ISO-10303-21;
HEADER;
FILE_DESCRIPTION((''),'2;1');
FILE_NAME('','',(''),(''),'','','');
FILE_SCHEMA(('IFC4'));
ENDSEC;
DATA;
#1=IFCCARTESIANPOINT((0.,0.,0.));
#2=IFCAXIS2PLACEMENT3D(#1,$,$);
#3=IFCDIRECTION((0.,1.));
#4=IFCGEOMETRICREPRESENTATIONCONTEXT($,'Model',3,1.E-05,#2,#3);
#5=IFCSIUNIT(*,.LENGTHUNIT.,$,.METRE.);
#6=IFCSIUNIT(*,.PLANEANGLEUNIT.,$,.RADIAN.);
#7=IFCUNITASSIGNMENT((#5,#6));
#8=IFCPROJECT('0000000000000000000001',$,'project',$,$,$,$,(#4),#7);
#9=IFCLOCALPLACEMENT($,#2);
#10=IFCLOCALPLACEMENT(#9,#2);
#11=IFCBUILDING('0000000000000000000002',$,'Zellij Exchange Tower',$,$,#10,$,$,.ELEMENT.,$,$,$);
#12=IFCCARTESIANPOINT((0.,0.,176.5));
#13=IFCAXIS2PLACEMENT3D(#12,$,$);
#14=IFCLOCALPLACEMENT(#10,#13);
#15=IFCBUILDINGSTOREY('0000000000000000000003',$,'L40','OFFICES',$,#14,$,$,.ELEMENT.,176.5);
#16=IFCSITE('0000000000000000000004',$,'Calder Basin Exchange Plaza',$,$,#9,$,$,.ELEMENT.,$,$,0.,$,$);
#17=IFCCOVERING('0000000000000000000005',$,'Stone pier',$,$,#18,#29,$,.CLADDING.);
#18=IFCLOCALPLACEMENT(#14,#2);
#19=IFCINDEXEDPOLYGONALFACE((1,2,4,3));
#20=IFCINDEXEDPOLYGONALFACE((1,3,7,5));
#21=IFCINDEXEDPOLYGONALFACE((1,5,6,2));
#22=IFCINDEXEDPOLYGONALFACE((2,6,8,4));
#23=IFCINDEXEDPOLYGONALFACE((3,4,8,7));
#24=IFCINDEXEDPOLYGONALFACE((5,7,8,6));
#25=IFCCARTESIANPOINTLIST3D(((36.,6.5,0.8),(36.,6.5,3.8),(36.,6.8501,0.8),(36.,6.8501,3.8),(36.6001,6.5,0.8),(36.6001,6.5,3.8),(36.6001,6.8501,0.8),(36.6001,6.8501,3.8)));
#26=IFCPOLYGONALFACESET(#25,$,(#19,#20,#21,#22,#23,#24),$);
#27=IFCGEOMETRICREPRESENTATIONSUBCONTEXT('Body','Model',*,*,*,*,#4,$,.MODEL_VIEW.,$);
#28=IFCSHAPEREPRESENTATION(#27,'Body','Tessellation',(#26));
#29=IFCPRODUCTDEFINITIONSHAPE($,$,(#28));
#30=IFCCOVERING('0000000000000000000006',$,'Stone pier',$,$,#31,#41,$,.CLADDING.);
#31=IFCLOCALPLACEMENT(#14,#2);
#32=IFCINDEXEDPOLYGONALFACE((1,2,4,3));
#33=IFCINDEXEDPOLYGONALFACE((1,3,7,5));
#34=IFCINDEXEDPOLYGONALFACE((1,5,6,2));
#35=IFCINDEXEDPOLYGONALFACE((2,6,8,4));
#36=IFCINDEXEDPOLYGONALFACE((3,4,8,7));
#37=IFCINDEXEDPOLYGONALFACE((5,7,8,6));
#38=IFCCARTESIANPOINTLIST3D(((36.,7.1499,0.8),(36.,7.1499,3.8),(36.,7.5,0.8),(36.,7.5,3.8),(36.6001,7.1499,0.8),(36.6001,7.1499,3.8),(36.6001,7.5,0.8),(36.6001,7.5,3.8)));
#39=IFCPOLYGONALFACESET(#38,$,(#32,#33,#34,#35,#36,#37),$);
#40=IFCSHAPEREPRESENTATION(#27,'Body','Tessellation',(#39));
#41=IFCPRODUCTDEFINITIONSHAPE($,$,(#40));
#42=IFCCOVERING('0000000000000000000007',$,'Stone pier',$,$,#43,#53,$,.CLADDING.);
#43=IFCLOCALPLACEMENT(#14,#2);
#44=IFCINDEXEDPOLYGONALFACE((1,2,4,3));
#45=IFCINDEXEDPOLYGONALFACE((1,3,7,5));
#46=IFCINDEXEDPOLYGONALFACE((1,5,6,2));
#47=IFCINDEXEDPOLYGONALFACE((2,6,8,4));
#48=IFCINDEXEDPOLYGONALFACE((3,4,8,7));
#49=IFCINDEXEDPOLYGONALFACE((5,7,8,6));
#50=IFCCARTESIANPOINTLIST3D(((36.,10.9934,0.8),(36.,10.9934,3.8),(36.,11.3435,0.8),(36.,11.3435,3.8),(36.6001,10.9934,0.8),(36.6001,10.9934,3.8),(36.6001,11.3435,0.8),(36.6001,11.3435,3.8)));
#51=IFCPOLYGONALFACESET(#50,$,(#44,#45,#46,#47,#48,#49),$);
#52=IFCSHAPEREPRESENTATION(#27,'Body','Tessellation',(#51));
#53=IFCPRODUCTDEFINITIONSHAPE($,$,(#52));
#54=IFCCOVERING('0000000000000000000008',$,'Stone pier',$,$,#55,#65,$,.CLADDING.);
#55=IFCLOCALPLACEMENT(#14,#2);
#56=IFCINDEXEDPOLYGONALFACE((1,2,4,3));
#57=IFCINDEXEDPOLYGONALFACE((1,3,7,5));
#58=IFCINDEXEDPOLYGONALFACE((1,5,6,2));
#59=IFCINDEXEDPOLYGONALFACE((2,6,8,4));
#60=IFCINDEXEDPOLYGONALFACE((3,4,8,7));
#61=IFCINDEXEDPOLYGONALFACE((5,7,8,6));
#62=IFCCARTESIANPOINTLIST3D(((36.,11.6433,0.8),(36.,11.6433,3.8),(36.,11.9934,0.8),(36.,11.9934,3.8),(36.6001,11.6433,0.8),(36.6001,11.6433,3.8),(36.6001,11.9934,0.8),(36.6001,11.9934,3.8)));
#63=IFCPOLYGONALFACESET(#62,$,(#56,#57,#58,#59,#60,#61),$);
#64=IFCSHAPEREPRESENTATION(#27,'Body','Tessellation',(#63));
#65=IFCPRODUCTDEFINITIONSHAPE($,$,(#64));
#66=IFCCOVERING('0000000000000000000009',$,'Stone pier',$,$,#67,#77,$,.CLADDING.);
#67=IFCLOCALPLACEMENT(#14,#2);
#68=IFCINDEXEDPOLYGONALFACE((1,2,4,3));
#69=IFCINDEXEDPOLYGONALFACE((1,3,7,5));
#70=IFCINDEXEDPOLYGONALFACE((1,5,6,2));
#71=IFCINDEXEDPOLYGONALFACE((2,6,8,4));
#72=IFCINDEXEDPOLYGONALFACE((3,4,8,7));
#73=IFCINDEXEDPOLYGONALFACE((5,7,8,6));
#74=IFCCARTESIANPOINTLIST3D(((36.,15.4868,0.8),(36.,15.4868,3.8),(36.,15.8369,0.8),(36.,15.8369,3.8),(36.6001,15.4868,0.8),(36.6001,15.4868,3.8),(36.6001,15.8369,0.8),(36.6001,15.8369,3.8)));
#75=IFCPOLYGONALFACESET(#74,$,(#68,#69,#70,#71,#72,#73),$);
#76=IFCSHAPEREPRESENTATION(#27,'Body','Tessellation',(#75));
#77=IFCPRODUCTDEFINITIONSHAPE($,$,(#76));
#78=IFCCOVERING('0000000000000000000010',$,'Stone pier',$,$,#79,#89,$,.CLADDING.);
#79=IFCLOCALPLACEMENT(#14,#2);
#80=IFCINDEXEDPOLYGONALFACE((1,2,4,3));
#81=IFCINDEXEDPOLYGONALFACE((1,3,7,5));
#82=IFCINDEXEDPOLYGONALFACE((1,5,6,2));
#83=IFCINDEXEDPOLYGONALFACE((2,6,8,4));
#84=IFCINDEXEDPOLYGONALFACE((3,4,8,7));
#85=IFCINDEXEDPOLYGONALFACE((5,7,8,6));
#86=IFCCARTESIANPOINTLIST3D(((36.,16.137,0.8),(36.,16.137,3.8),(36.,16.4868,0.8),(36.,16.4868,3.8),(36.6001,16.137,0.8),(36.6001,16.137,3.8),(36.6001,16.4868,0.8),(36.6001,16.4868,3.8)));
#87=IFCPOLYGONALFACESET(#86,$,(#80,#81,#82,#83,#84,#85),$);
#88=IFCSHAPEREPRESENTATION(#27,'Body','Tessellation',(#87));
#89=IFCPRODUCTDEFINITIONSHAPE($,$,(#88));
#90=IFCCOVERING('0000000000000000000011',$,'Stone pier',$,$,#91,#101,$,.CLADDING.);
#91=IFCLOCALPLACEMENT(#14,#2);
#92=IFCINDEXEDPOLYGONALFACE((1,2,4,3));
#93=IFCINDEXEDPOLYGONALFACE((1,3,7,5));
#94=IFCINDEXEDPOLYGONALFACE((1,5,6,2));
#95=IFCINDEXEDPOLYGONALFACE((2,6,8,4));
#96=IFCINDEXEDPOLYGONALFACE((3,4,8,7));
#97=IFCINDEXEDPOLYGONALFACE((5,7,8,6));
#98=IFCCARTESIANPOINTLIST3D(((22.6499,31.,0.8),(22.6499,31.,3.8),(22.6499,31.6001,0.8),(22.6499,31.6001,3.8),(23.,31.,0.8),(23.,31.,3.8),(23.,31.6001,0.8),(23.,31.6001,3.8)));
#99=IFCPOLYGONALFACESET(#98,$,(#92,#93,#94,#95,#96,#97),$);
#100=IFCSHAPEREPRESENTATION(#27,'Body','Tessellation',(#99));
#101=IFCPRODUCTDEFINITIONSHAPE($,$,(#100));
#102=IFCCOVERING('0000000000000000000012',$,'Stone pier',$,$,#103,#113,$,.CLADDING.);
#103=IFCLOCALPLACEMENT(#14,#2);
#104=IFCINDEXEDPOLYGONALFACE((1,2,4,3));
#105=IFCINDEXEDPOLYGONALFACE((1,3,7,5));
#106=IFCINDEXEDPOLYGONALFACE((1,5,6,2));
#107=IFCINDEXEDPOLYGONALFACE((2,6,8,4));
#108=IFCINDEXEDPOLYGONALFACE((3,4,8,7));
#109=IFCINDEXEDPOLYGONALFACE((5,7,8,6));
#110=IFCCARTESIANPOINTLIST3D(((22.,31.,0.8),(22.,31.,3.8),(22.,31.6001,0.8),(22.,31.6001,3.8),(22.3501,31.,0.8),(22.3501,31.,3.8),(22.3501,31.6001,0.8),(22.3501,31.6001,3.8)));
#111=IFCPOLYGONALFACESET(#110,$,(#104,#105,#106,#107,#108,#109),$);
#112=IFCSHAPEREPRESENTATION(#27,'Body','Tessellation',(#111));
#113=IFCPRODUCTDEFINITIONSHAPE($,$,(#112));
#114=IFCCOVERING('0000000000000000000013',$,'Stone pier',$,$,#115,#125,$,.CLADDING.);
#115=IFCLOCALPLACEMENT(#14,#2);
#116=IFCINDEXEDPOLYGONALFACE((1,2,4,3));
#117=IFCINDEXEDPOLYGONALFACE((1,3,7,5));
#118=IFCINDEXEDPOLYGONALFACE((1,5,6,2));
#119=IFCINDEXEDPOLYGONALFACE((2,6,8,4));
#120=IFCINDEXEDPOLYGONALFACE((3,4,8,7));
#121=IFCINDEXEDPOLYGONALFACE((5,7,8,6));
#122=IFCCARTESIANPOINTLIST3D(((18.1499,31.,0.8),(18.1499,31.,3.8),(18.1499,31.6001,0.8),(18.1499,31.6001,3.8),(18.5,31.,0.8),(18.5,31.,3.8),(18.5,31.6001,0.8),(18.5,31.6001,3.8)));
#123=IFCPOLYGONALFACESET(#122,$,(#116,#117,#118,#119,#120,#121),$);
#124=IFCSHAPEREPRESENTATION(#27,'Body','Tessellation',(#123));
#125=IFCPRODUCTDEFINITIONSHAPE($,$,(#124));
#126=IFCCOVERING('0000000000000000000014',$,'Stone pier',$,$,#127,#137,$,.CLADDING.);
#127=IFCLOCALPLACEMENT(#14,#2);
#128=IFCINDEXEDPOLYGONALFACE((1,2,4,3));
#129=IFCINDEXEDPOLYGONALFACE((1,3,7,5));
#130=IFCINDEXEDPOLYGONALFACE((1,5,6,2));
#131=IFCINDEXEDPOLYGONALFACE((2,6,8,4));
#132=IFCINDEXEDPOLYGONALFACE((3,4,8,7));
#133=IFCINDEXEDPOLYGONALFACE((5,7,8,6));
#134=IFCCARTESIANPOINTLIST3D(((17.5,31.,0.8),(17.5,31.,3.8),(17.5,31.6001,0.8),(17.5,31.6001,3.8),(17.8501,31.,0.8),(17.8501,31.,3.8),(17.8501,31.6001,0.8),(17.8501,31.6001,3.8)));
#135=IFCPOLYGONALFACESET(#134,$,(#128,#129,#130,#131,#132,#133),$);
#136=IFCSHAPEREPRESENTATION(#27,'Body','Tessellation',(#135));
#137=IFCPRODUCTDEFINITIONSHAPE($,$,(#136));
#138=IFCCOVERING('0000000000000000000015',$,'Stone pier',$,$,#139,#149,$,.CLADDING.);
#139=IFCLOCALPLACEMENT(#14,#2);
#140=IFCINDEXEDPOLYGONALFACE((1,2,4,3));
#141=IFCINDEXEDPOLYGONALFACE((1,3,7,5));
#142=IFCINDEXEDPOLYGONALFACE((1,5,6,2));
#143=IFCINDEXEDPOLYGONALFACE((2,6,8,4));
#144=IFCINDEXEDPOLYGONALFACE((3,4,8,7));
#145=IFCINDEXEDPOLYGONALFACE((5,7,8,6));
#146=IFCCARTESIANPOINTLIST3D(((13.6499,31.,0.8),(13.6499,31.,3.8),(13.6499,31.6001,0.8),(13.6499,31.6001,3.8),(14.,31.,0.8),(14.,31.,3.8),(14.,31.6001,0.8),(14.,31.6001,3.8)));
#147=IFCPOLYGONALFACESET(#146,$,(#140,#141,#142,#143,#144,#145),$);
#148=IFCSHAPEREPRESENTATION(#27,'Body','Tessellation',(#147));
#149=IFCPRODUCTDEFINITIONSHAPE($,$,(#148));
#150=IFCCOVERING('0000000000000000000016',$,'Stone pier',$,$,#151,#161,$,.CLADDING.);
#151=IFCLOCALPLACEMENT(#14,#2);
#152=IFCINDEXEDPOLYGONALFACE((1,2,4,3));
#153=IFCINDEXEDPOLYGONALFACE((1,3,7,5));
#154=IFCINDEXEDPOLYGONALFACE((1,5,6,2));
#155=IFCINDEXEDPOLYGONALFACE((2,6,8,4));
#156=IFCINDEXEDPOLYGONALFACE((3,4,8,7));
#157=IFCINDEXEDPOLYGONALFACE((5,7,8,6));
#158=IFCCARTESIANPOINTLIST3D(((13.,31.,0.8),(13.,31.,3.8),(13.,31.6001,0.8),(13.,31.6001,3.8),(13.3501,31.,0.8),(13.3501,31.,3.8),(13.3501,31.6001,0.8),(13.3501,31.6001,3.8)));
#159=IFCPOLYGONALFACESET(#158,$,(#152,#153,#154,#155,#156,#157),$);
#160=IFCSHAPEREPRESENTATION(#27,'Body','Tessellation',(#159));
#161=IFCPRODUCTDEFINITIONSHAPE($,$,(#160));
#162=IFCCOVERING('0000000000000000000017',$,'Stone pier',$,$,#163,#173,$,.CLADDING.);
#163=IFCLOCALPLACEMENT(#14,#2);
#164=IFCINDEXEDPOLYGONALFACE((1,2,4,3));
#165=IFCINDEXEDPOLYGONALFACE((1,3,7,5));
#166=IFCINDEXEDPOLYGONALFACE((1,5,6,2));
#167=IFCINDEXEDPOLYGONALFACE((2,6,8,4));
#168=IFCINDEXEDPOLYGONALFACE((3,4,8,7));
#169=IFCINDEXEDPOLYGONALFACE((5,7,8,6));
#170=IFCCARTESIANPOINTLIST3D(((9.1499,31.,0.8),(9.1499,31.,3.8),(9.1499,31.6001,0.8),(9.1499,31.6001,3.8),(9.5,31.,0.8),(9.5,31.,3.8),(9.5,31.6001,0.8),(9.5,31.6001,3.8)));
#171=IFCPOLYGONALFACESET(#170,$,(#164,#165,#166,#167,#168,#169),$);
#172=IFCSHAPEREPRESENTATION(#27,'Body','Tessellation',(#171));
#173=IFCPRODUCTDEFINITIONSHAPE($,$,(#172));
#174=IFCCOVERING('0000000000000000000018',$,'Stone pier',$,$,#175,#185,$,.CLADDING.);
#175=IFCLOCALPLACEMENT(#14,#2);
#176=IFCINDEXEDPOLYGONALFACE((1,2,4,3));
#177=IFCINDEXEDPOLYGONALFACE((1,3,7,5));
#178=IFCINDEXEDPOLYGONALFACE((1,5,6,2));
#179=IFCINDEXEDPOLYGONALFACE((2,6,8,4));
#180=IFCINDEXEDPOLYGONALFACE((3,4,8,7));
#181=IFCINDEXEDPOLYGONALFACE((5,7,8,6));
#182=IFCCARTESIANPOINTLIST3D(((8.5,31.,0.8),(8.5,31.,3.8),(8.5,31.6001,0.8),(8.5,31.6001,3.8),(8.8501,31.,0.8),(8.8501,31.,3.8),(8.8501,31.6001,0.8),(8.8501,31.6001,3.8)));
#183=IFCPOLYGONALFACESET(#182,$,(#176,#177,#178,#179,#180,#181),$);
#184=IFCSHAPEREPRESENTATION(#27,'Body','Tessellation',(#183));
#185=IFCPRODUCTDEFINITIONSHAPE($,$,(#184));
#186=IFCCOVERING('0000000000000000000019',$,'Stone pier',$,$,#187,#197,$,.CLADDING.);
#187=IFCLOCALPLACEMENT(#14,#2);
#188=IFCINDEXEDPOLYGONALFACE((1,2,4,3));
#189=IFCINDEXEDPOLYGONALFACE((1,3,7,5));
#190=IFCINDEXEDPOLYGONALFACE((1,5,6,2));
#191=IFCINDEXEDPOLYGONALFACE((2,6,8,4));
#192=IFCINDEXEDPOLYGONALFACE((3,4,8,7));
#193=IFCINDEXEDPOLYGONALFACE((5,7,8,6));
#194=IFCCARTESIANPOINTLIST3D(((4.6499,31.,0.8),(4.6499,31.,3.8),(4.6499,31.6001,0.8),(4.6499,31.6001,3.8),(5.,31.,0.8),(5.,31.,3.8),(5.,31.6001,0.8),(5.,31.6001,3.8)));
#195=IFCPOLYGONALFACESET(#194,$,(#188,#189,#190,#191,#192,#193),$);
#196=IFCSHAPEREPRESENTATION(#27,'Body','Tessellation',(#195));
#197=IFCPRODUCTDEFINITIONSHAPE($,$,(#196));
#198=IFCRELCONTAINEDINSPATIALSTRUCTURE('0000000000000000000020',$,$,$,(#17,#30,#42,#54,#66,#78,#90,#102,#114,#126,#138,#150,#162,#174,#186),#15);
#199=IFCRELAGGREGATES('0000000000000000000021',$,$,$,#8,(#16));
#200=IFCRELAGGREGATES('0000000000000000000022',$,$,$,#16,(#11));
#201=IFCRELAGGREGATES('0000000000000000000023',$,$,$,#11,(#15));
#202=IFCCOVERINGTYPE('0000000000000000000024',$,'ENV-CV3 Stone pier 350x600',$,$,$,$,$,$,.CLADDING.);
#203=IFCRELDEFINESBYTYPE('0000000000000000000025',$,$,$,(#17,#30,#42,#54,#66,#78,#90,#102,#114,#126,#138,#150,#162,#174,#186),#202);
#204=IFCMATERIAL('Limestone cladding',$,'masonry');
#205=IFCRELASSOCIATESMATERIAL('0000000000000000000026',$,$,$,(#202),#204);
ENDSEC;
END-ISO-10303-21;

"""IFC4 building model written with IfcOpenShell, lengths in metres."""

from ifc_helpers import new_model, si_unit, direction, frame, origin, place, context, subcontext, project, spatial, polyline, outline, extrude, material, type_object, element, save


model = new_model("IFC4")

# Units and contexts
model_context = context("Model", 3, precision=1e-05, world=origin(), true_north=direction((0.0, 1.0)))
body_context = subcontext(model_context, "Body", "Model", "MODEL_VIEW")
ifc_project = project(units=[si_unit("LENGTHUNIT", "METRE"), si_unit("PLANEANGLEUNIT", "RADIAN")], contexts=[model_context])

# Site, building, storey
site_placement = place(None, origin())
site = spatial("IfcSite", under=ifc_project, at=site_placement, Name="Calder Basin Exchange Plaza", CompositionType="ELEMENT", RefElevation=0.0)
building_placement = place(site_placement, origin())
building = spatial("IfcBuilding", under=site, at=building_placement, Name="Zellij Exchange Tower", CompositionType="ELEMENT")
storey_placement = place(building_placement, frame((0.0, 0.0, 176.5)))
storey = spatial("IfcBuildingStorey", under=building, at=storey_placement, Name="L40", Description="OFFICES", CompositionType="ELEMENT", Elevation=176.5)

# Coverings
ifc_material = material(Name="Limestone cladding", Category="masonry")
covering_type = type_object("IfcCoveringType", Name="ENV-CV3 Stone pier 350x600", PredefinedType="CLADDING", material=ifc_material)
covering_1_placement = place(storey_placement, frame((0.0, 0.0, 0.8)))
element("IfcCovering", 1, at=covering_1_placement, inside=storey, type_object=covering_type, Name="Stone pier", PredefinedType="CLADDING", context=body_context, shape_type="SweptSolid", body=[
    extrude(outline(polyline([(36.0, 6.5), (36.0, 6.8501), (36.6001, 6.8501), (36.6001, 6.5), (36.0, 6.5)])), origin(), (0.0, 0.0, 1.0), 3.0),
])
covering_2_placement = place(storey_placement, frame((0.0, 0.0, 0.8)))
element("IfcCovering", 2, at=covering_2_placement, inside=storey, type_object=covering_type, Name="Stone pier", PredefinedType="CLADDING", context=body_context, shape_type="SweptSolid", body=[
    extrude(outline(polyline([(36.0, 7.1499), (36.0, 7.5), (36.6001, 7.5), (36.6001, 7.1499), (36.0, 7.1499)])), origin(), (0.0, 0.0, 1.0), 3.0),
])
covering_3_placement = place(storey_placement, frame((0.0, 0.0, 0.8)))
element("IfcCovering", 3, at=covering_3_placement, inside=storey, type_object=covering_type, Name="Stone pier", PredefinedType="CLADDING", context=body_context, shape_type="SweptSolid", body=[
    extrude(outline(polyline([(36.0, 10.9934), (36.0, 11.3435), (36.6001, 11.3435), (36.6001, 10.9934), (36.0, 10.9934)])), origin(), (0.0, 0.0, 1.0), 3.0),
])
covering_4_placement = place(storey_placement, frame((0.0, 0.0, 0.8)))
element("IfcCovering", 4, at=covering_4_placement, inside=storey, type_object=covering_type, Name="Stone pier", PredefinedType="CLADDING", context=body_context, shape_type="SweptSolid", body=[
    extrude(outline(polyline([(36.0, 11.6433), (36.0, 11.9934), (36.6001, 11.9934), (36.6001, 11.6433), (36.0, 11.6433)])), origin(), (0.0, 0.0, 1.0), 3.0),
])
covering_5_placement = place(storey_placement, frame((0.0, 0.0, 0.8)))
element("IfcCovering", 5, at=covering_5_placement, inside=storey, type_object=covering_type, Name="Stone pier", PredefinedType="CLADDING", context=body_context, shape_type="SweptSolid", body=[
    extrude(outline(polyline([(36.0, 15.4868), (36.0, 15.8369), (36.6001, 15.8369), (36.6001, 15.4868), (36.0, 15.4868)])), origin(), (0.0, 0.0, 1.0), 3.0),
])
covering_6_placement = place(storey_placement, frame((0.0, 0.0, 0.8)))
element("IfcCovering", 6, at=covering_6_placement, inside=storey, type_object=covering_type, Name="Stone pier", PredefinedType="CLADDING", context=body_context, shape_type="SweptSolid", body=[
    extrude(outline(polyline([(36.0, 16.137), (36.0, 16.4868), (36.6001, 16.4868), (36.6001, 16.137), (36.0, 16.137)])), origin(), (0.0, 0.0, 1.0), 3.0),
])
covering_7_placement = place(storey_placement, frame((0.0, 0.0, 0.8)))
element("IfcCovering", 7, at=covering_7_placement, inside=storey, type_object=covering_type, Name="Stone pier", PredefinedType="CLADDING", context=body_context, shape_type="SweptSolid", body=[
    extrude(outline(polyline([(23.0, 31.0), (22.6499, 31.0), (22.6499, 31.6001), (23.0, 31.6001), (23.0, 31.0)])), origin(), (0.0, 0.0, 1.0), 3.0),
])
covering_8_placement = place(storey_placement, frame((0.0, 0.0, 0.8)))
element("IfcCovering", 8, at=covering_8_placement, inside=storey, type_object=covering_type, Name="Stone pier", PredefinedType="CLADDING", context=body_context, shape_type="SweptSolid", body=[
    extrude(outline(polyline([(22.3501, 31.0), (22.0, 31.0), (22.0, 31.6001), (22.3501, 31.6001), (22.3501, 31.0)])), origin(), (0.0, 0.0, 1.0), 3.0),
])
covering_9_placement = place(storey_placement, frame((0.0, 0.0, 0.8)))
element("IfcCovering", 9, at=covering_9_placement, inside=storey, type_object=covering_type, Name="Stone pier", PredefinedType="CLADDING", context=body_context, shape_type="SweptSolid", body=[
    extrude(outline(polyline([(18.5, 31.0), (18.1499, 31.0), (18.1499, 31.6001), (18.5, 31.6001), (18.5, 31.0)])), origin(), (0.0, 0.0, 1.0), 3.0),
])
covering_10_placement = place(storey_placement, frame((0.0, 0.0, 0.8)))
element("IfcCovering", 10, at=covering_10_placement, inside=storey, type_object=covering_type, Name="Stone pier", PredefinedType="CLADDING", context=body_context, shape_type="SweptSolid", body=[
    extrude(outline(polyline([(17.8501, 31.0), (17.5, 31.0), (17.5, 31.6001), (17.8501, 31.6001), (17.8501, 31.0)])), origin(), (0.0, 0.0, 1.0), 3.0),
])
covering_11_placement = place(storey_placement, frame((0.0, 0.0, 0.8)))
element("IfcCovering", 11, at=covering_11_placement, inside=storey, type_object=covering_type, Name="Stone pier", PredefinedType="CLADDING", context=body_context, shape_type="SweptSolid", body=[
    extrude(outline(polyline([(14.0, 31.0), (13.6499, 31.0), (13.6499, 31.6001), (14.0, 31.6001), (14.0, 31.0)])), origin(), (0.0, 0.0, 1.0), 3.0),
])
covering_12_placement = place(storey_placement, frame((0.0, 0.0, 0.8)))
element("IfcCovering", 12, at=covering_12_placement, inside=storey, type_object=covering_type, Name="Stone pier", PredefinedType="CLADDING", context=body_context, shape_type="SweptSolid", body=[
    extrude(outline(polyline([(13.3501, 31.0), (13.0, 31.0), (13.0, 31.6001), (13.3501, 31.6001), (13.3501, 31.0)])), origin(), (0.0, 0.0, 1.0), 3.0),
])
covering_13_placement = place(storey_placement, frame((0.0, 0.0, 0.8)))
element("IfcCovering", 13, at=covering_13_placement, inside=storey, type_object=covering_type, Name="Stone pier", PredefinedType="CLADDING", context=body_context, shape_type="SweptSolid", body=[
    extrude(outline(polyline([(9.5, 31.0), (9.1499, 31.0), (9.1499, 31.6001), (9.5, 31.6001), (9.5, 31.0)])), origin(), (0.0, 0.0, 1.0), 3.0),
])
covering_14_placement = place(storey_placement, frame((0.0, 0.0, 0.8)))
element("IfcCovering", 14, at=covering_14_placement, inside=storey, type_object=covering_type, Name="Stone pier", PredefinedType="CLADDING", context=body_context, shape_type="SweptSolid", body=[
    extrude(outline(polyline([(8.8501, 31.0), (8.5, 31.0), (8.5, 31.6001), (8.8501, 31.6001), (8.8501, 31.0)])), origin(), (0.0, 0.0, 1.0), 3.0),
])
covering_15_placement = place(storey_placement, frame((0.0, 0.0, 0.8)))
element("IfcCovering", 15, at=covering_15_placement, inside=storey, type_object=covering_type, Name="Stone pier", PredefinedType="CLADDING", context=body_context, shape_type="SweptSolid", body=[
    extrude(outline(polyline([(5.0, 31.0), (4.6499, 31.0), (4.6499, 31.6001), (5.0, 31.6001), (5.0, 31.0)])), origin(), (0.0, 0.0, 1.0), 3.0),
])

save(model, "model.ifc")
